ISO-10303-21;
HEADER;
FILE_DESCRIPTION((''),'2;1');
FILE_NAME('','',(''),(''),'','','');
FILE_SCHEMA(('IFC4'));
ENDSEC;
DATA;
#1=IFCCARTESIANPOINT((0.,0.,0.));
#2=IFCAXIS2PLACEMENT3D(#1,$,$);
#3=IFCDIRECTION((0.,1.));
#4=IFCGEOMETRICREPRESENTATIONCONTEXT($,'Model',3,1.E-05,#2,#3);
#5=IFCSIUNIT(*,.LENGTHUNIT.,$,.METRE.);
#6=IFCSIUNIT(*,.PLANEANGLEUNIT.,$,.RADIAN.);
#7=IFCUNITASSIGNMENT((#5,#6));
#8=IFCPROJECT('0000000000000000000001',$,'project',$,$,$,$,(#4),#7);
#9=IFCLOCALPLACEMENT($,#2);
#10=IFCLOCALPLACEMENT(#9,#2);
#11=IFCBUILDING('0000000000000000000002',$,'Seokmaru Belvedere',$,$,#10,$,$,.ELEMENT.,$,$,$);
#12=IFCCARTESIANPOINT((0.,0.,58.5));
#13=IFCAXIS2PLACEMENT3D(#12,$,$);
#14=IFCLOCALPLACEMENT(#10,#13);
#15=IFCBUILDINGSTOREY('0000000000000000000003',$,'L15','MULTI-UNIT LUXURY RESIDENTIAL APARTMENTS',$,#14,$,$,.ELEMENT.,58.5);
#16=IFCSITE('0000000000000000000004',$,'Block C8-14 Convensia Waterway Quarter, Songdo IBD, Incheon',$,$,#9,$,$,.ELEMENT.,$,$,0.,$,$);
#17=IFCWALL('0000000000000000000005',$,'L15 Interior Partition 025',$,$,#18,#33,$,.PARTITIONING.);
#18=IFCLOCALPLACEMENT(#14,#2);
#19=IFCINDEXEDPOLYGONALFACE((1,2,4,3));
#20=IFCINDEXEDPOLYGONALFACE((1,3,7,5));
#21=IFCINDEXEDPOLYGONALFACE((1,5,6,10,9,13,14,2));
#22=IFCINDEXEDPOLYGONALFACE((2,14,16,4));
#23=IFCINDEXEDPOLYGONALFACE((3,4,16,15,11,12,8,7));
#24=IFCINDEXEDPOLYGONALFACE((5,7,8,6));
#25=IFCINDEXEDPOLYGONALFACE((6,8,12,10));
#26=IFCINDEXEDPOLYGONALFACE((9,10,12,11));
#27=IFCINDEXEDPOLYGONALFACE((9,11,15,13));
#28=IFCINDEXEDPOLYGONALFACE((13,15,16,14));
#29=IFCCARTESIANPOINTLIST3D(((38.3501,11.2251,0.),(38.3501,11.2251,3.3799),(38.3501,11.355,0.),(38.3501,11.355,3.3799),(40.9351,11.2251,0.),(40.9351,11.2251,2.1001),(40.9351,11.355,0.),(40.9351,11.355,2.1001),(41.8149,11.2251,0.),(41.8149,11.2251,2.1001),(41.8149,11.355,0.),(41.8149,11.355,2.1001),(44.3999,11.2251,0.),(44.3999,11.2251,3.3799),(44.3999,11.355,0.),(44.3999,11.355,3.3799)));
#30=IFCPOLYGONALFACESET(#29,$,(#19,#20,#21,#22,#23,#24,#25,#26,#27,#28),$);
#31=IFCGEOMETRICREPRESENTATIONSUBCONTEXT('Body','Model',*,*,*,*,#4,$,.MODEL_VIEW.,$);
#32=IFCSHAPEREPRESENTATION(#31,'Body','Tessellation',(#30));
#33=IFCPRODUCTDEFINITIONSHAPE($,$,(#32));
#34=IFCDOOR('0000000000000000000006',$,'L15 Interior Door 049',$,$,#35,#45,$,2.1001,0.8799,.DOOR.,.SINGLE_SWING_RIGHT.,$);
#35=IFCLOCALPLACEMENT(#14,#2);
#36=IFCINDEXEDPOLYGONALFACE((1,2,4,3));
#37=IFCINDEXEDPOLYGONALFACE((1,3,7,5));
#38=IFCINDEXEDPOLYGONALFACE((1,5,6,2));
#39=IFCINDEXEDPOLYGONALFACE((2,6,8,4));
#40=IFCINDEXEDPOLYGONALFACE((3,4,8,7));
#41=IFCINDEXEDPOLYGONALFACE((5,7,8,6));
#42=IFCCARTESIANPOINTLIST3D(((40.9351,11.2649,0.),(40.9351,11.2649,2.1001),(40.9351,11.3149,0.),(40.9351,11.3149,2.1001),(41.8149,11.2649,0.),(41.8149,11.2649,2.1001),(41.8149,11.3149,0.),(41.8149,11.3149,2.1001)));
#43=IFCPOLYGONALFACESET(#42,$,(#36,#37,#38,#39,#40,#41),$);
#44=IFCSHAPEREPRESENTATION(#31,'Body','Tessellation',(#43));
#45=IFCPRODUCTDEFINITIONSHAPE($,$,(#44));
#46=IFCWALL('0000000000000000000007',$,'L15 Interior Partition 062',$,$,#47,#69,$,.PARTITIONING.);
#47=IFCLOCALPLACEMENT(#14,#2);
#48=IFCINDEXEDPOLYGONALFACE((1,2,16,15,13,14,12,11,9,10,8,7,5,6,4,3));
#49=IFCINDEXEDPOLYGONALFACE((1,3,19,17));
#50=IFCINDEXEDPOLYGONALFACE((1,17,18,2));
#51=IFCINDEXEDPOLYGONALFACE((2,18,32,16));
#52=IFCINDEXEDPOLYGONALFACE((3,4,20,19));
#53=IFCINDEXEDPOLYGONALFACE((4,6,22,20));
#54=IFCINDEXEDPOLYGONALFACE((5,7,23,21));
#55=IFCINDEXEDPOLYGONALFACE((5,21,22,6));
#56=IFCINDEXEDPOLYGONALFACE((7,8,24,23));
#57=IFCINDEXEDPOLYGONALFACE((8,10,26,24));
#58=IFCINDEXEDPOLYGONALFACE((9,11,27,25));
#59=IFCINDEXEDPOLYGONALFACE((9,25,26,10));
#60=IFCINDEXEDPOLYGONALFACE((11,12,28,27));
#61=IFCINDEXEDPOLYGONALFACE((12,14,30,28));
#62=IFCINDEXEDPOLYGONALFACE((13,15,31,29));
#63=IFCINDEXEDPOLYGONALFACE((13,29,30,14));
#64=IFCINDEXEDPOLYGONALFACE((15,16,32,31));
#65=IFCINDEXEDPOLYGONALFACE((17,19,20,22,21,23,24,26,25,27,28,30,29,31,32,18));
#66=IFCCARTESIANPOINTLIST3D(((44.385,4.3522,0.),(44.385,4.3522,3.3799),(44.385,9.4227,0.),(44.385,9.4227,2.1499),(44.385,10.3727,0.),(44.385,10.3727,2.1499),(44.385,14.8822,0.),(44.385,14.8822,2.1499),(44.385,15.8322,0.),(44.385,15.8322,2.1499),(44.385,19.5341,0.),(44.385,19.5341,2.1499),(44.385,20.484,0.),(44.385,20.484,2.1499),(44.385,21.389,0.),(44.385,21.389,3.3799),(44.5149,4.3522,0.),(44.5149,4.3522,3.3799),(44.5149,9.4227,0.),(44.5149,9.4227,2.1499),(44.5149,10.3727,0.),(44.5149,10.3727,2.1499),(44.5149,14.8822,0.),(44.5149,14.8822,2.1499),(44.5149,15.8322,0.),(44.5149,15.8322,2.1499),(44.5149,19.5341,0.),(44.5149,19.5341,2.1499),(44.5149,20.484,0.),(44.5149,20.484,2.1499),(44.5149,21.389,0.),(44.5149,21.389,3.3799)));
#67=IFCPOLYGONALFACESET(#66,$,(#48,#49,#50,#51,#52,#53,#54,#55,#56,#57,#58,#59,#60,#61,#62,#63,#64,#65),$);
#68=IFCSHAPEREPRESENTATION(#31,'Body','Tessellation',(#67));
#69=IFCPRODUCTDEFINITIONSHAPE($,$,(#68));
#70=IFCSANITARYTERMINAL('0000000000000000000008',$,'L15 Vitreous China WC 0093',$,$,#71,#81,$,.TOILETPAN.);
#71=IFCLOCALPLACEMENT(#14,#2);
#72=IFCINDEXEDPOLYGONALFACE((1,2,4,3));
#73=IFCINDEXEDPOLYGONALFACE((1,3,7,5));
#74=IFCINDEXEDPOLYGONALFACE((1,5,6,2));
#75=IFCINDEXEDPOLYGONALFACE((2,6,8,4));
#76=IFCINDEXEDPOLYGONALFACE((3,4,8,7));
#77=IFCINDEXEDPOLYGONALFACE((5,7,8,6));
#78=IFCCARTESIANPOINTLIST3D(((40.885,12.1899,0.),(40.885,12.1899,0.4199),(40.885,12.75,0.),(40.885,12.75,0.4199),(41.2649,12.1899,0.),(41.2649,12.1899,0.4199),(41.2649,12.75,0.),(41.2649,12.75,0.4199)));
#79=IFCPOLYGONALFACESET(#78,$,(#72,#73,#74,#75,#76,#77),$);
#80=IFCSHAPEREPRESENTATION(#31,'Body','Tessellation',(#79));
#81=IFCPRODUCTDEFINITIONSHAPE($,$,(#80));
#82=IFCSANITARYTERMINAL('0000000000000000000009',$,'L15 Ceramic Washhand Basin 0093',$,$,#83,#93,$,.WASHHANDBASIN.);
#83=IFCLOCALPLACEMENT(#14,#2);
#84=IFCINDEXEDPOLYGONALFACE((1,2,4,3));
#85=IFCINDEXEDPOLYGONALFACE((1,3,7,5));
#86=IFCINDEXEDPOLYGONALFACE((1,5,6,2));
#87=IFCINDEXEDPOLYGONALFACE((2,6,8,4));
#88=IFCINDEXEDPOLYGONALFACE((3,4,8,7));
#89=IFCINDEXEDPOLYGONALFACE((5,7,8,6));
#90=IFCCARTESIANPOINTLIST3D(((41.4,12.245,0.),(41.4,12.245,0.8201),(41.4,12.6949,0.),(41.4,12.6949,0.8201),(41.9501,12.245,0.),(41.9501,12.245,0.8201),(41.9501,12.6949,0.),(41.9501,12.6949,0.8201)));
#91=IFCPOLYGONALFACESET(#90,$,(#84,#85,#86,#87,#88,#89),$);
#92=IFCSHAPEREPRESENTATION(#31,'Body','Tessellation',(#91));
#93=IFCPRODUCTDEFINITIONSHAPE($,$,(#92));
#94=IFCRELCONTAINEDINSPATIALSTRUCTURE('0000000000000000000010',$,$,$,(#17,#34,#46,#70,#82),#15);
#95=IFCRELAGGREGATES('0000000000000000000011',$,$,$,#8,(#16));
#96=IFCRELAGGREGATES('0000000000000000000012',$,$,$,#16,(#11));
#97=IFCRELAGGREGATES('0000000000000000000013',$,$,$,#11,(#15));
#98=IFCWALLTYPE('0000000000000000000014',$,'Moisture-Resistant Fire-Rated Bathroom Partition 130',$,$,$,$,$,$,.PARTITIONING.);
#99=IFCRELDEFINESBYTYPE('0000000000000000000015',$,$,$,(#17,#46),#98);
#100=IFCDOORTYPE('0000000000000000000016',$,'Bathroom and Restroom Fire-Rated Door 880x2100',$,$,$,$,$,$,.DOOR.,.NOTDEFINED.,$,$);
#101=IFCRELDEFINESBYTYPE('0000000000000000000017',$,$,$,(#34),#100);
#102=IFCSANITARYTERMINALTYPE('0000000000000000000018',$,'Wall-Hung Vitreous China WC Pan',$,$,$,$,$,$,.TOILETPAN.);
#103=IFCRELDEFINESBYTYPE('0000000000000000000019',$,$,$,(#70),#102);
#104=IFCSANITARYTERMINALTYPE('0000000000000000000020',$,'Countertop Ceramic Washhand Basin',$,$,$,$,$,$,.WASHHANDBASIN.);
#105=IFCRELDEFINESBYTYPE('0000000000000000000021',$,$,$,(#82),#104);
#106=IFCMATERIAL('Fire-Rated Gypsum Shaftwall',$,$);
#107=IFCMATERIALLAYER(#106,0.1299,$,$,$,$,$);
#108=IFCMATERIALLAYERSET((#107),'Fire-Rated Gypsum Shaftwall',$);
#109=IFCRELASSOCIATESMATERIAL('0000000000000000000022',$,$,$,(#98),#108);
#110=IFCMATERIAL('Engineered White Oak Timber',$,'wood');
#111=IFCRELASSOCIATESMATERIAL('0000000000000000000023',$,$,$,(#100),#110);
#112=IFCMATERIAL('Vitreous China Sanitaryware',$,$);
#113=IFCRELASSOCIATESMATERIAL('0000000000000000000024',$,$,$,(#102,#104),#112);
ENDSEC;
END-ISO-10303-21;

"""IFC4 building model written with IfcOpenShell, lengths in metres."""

from ifc_helpers import new_model, si_unit, direction, frame, frame_2d, origin, origin_2d, place, context, subcontext, project, spatial, rectangle, extrude, source, transform, mapped, material, layer, layer_set, type_object, type_shapes, element, fill, save


model = new_model("IFC4")

# Units and contexts
model_context = context("Model", 3, precision=1e-05, world=origin(), true_north=direction((0.0, 1.0)))
body_context = subcontext(model_context, "Body", "Model", "MODEL_VIEW")
ifc_project = project(units=[si_unit("LENGTHUNIT", "METRE"), si_unit("PLANEANGLEUNIT", "RADIAN")], contexts=[model_context])

# Site, building, storey
site_placement = place(None, origin())
site = spatial("IfcSite", under=ifc_project, at=site_placement, Name="Block C8-14 Convensia Waterway Quarter, Songdo IBD, Incheon", CompositionType="ELEMENT", RefElevation=0.0)
building_placement = place(site_placement, origin())
building = spatial("IfcBuilding", under=site, at=building_placement, Name="Seokmaru Belvedere", CompositionType="ELEMENT")
storey_placement = place(building_placement, frame((0.0, 0.0, 58.5)))
storey = spatial("IfcBuildingStorey", under=building, at=storey_placement, Name="L15", Description="MULTI-UNIT LUXURY RESIDENTIAL APARTMENTS", CompositionType="ELEMENT", Elevation=58.5)

# Shared definitions
ifc_material_1 = material(Name="Fire-Rated Gypsum Shaftwall")

# Wall, opening, door
ifc_layer_1 = layer(ifc_material_1, 0.1299)
ifc_layer_set_1 = layer_set([ifc_layer_1], Name="Fire-Rated Gypsum Shaftwall")
wall_type_1 = type_object("IfcWallType", Name="Moisture-Resistant Fire-Rated Bathroom Partition 130", PredefinedType="PARTITIONING", material=ifc_layer_set_1)
wall_1_placement = place(storey_placement, frame((38.3501, 11.29, 0.0), z_axis=(0.0, 0.0, 1.0), x_axis=(1.0, 0.0, 0.0)))
wall_1 = element("IfcWall", 1, at=wall_1_placement, inside=storey, type_object=wall_type_1, Name="L15 Interior Partition 025", PredefinedType="PARTITIONING", context=body_context, shape_type="SweptSolid", body=[
    extrude(rectangle(XDim=6.0498, YDim=0.1299, at=frame_2d((3.0249, 0.0))), origin(), (0.0, 0.0, 1.0), 3.3799),
])
opening_1_placement = place(wall_1_placement, frame((2.585, 0.0, 0.0)))
opening_1 = element("IfcOpeningElement", 2, at=opening_1_placement, cuts=wall_1, PredefinedType="OPENING", context=body_context, shape_type="SweptSolid", body=[
    extrude(rectangle(XDim=0.8799, YDim=2.1001, at=frame_2d((0.4399, 1.05))), frame((0.0, 0.075, 0.0), z_axis=(0.0, -1.0, 0.0), x_axis=(1.0, 0.0, 0.0)), (0.0, 0.0, 1.0), 0.1499),
])
ifc_material_2 = material(Name="Engineered White Oak Timber", Category="wood")
door_type_1 = type_object("IfcDoorType", Name="Bathroom and Restroom Fire-Rated Door 880x2100", OperationType="NOTDEFINED", PredefinedType="DOOR", material=ifc_material_2)
shared_shape_1 = source(origin(), body_context, "Body", "SweptSolid", [
    extrude(rectangle(XDim=0.8799, YDim=2.1001, at=frame_2d((0.4399, 1.05))), frame((0.0, 0.0249, 0.0), z_axis=(0.0, -1.0, 0.0), x_axis=(1.0, 0.0, 0.0)), (0.0, 0.0, 1.0), 0.05),
])
type_shapes(door_type_1, [shared_shape_1])
door_1_placement = place(opening_1_placement, origin())
door_1 = element("IfcDoor", 3, at=door_1_placement, inside=storey, type_object=door_type_1, Name="L15 Interior Door 049", OperationType="SINGLE_SWING_RIGHT", OverallHeight=2.1001, OverallWidth=0.8799, PredefinedType="DOOR", context=body_context, shape_type="MappedRepresentation", body=[
    mapped(shared_shape_1, transform((0.0, 0.0, 0.0), scale=1.0)),
])
fill(opening_1, door_1)

# Wall, openings
wall_2_placement = place(storey_placement, frame((44.45, 4.3521, 0.0), z_axis=(0.0, 0.0, 1.0), x_axis=(0.0, 1.0, 0.0)))
wall_2 = element("IfcWall", 4, at=wall_2_placement, inside=storey, type_object=wall_type_1, Name="L15 Interior Partition 062", PredefinedType="PARTITIONING", context=body_context, shape_type="SweptSolid", body=[
    extrude(rectangle(XDim=17.0369, YDim=0.1299, at=frame_2d((8.5186, 0.0))), origin(), (0.0, 0.0, 1.0), 3.3799),
])
opening_2_placement = place(wall_2_placement, frame((5.0706, 0.0, 0.0)))
element("IfcOpeningElement", 5, at=opening_2_placement, cuts=wall_2, PredefinedType="OPENING", context=body_context, shape_type="SweptSolid", body=[
    extrude(rectangle(XDim=0.95, YDim=2.1499, at=frame_2d((0.4751, 1.075))), frame((0.0, 0.075, 0.0), z_axis=(0.0, -1.0, 0.0), x_axis=(1.0, 0.0, 0.0)), (0.0, 0.0, 1.0), 0.1499),
])
opening_3_placement = place(wall_2_placement, frame((10.53, 0.0, 0.0)))
element("IfcOpeningElement", 6, at=opening_3_placement, cuts=wall_2, PredefinedType="OPENING", context=body_context, shape_type="SweptSolid", body=[
    extrude(rectangle(XDim=0.95, YDim=2.1499, at=frame_2d((0.4751, 1.075))), frame((0.0, 0.075, 0.0), z_axis=(0.0, -1.0, 0.0), x_axis=(1.0, 0.0, 0.0)), (0.0, 0.0, 1.0), 0.1499),
])
opening_4_placement = place(wall_2_placement, frame((15.1819, 0.0, 0.0)))
element("IfcOpeningElement", 7, at=opening_4_placement, cuts=wall_2, PredefinedType="OPENING", context=body_context, shape_type="SweptSolid", body=[
    extrude(rectangle(XDim=0.95, YDim=2.1499, at=frame_2d((0.4751, 1.075))), frame((0.0, 0.075, 0.0), z_axis=(0.0, -1.0, 0.0), x_axis=(1.0, 0.0, 0.0)), (0.0, 0.0, 1.0), 0.1499),
])

# Sanitary terminals
ifc_material_3 = material(Name="Vitreous China Sanitaryware")
sanitary_terminal_type_1 = type_object("IfcSanitaryTerminalType", Name="Wall-Hung Vitreous China WC Pan", PredefinedType="TOILETPAN", material=ifc_material_3)
shared_shape_2 = source(origin(), body_context, "Body", "SweptSolid", [
    extrude(rectangle(XDim=0.3799, YDim=0.5601, at=origin_2d()), origin(), (0.0, 0.0, 1.0), 0.4199),
])
type_shapes(sanitary_terminal_type_1, [shared_shape_2])
sanitary_terminal_1_placement = place(storey_placement, frame((41.075, 12.47, 0.0), z_axis=(0.0, 0.0, 1.0), x_axis=(1.0, 0.0, 0.0)))
element("IfcSanitaryTerminal", 8, at=sanitary_terminal_1_placement, inside=storey, type_object=sanitary_terminal_type_1, Name="L15 Vitreous China WC 0093", PredefinedType="TOILETPAN", context=body_context, shape_type="MappedRepresentation", body=[
    mapped(shared_shape_2, transform((0.0, 0.0, 0.0), scale=1.0)),
])
sanitary_terminal_type_2 = type_object("IfcSanitaryTerminalType", Name="Countertop Ceramic Washhand Basin", PredefinedType="WASHHANDBASIN", material=ifc_material_3)
shared_shape_3 = source(origin(), body_context, "Body", "SweptSolid", [
    extrude(rectangle(XDim=0.55, YDim=0.45, at=origin_2d()), origin(), (0.0, 0.0, 1.0), 0.8201),
])
type_shapes(sanitary_terminal_type_2, [shared_shape_3])
sanitary_terminal_2_placement = place(storey_placement, frame((41.675, 12.47, 0.0), z_axis=(0.0, 0.0, 1.0), x_axis=(1.0, 0.0, 0.0)))
element("IfcSanitaryTerminal", 9, at=sanitary_terminal_2_placement, inside=storey, type_object=sanitary_terminal_type_2, Name="L15 Ceramic Washhand Basin 0093", PredefinedType="WASHHANDBASIN", context=body_context, shape_type="MappedRepresentation", body=[
    mapped(shared_shape_3, transform((0.0, 0.0, 0.0), scale=1.0)),
])

save(model, "model.ifc")
